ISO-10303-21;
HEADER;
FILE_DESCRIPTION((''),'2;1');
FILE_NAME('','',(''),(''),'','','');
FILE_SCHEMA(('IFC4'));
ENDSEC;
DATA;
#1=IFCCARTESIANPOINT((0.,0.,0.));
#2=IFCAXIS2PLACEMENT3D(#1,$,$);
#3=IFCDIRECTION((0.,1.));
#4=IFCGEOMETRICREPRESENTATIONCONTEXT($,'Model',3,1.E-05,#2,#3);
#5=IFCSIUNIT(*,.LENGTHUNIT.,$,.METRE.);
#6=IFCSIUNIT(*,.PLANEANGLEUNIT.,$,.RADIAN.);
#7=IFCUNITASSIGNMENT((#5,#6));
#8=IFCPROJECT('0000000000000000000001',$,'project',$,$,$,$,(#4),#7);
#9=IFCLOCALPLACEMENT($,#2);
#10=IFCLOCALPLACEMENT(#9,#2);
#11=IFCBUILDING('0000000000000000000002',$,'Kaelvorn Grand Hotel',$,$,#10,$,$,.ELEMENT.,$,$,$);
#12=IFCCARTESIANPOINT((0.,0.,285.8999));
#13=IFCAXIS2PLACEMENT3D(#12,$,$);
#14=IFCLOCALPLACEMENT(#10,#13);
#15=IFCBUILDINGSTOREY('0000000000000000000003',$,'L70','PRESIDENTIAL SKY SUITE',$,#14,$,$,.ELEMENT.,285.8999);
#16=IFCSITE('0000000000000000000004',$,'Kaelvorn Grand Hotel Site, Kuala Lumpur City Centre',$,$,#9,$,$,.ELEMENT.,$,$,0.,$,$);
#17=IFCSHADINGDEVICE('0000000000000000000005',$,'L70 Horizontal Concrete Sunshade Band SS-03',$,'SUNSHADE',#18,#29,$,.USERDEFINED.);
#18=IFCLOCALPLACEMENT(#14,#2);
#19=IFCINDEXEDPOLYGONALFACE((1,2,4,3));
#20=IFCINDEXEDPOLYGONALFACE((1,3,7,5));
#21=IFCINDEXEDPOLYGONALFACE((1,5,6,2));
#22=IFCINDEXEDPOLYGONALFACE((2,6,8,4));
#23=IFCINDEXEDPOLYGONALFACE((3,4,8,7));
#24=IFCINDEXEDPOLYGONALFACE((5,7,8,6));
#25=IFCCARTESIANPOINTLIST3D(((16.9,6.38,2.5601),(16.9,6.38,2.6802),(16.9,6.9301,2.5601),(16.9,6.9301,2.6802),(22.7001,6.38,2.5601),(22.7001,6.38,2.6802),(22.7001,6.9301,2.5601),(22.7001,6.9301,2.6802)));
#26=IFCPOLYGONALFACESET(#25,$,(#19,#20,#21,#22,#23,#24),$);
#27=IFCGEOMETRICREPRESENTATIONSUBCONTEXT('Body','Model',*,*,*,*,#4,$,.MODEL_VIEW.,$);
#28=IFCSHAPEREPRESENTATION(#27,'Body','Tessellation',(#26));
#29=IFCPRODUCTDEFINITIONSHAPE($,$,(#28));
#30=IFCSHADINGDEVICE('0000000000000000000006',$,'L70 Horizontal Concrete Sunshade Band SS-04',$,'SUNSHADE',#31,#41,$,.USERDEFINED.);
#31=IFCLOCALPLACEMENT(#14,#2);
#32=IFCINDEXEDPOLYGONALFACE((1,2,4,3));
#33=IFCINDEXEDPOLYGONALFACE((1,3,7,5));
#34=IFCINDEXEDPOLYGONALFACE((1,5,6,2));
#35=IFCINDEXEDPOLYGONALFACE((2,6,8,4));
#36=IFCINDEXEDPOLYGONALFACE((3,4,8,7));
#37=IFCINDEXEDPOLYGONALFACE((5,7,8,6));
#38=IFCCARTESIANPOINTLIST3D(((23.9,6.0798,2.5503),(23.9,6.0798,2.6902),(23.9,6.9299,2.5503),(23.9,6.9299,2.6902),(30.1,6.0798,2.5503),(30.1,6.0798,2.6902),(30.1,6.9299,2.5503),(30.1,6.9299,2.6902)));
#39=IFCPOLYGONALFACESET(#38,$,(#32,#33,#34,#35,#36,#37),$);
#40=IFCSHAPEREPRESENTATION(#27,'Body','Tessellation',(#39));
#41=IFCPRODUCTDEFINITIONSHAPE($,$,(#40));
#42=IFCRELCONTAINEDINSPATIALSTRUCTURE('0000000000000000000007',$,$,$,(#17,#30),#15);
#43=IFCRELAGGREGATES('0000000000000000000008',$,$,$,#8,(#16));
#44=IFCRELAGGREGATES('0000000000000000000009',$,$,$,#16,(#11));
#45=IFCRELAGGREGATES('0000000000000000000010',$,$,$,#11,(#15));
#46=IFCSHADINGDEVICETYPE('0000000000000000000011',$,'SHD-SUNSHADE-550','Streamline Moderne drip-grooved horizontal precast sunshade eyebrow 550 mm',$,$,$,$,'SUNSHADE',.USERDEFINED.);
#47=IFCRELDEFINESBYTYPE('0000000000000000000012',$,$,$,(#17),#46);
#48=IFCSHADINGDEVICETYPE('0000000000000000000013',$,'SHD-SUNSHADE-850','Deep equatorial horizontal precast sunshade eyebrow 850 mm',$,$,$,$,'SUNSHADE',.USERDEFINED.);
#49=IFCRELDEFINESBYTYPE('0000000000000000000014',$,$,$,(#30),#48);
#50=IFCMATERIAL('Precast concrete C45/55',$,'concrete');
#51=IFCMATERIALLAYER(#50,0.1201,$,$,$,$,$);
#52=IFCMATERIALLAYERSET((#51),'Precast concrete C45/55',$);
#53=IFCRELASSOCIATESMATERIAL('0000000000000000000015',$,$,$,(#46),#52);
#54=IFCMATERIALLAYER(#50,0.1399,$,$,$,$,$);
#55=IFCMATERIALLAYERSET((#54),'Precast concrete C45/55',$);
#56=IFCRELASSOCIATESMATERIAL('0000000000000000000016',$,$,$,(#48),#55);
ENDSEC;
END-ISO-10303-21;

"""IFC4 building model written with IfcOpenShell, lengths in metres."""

from ifc_helpers import new_model, si_unit, direction, frame, origin, origin_2d, place, context, subcontext, project, spatial, rectangle, extrude, material, layer, layer_set, type_object, element, save


model = new_model("IFC4")

# Units and contexts
model_context = context("Model", 3, precision=1e-05, world=origin(), true_north=direction((0.0, 1.0)))
body_context = subcontext(model_context, "Body", "Model", "MODEL_VIEW")
ifc_project = project(units=[si_unit("LENGTHUNIT", "METRE"), si_unit("PLANEANGLEUNIT", "RADIAN")], contexts=[model_context])

# Site, building, storey
site_placement = place(None, origin())
site = spatial("IfcSite", under=ifc_project, at=site_placement, Name="Kaelvorn Grand Hotel Site, Kuala Lumpur City Centre", CompositionType="ELEMENT", RefElevation=0.0)
building_placement = place(site_placement, origin())
building = spatial("IfcBuilding", under=site, at=building_placement, Name="Kaelvorn Grand Hotel", CompositionType="ELEMENT")
storey_placement = place(building_placement, frame((0.0, 0.0, 285.8999)))
storey = spatial("IfcBuildingStorey", under=building, at=storey_placement, Name="L70", Description="PRESIDENTIAL SKY SUITE", CompositionType="ELEMENT", Elevation=285.8999)

# Shading devices
ifc_material_1 = material(Name="Precast concrete C45/55", Category="concrete")
ifc_layer_1 = layer(ifc_material_1, 0.1201)
ifc_layer_set_1 = layer_set([ifc_layer_1], Name="Precast concrete C45/55")
shading_device_type_1 = type_object("IfcShadingDeviceType", Name="SHD-SUNSHADE-550", Description="Streamline Moderne drip-grooved horizontal precast sunshade eyebrow 550 mm", ElementType="SUNSHADE", PredefinedType="USERDEFINED", material=ifc_layer_set_1)
shading_device_1_placement = place(storey_placement, frame((19.8, 6.655, 2.5601), z_axis=(0.0, 0.0, 1.0), x_axis=(1.0, 0.0, 0.0)))
element("IfcShadingDevice", 1, at=shading_device_1_placement, inside=storey, type_object=shading_device_type_1, Name="L70 Horizontal Concrete Sunshade Band SS-03", ObjectType="SUNSHADE", PredefinedType="USERDEFINED", context=body_context, shape_type="SweptSolid", body=[
    extrude(rectangle(XDim=5.8, YDim=0.55, at=origin_2d()), origin(), (0.0, 0.0, 1.0), 0.1201),
])
ifc_layer_2 = layer(ifc_material_1, 0.1399)
ifc_layer_set_2 = layer_set([ifc_layer_2], Name="Precast concrete C45/55")
shading_device_type_2 = type_object("IfcShadingDeviceType", Name="SHD-SUNSHADE-850", Description="Deep equatorial horizontal precast sunshade eyebrow 850 mm", ElementType="SUNSHADE", PredefinedType="USERDEFINED", material=ifc_layer_set_2)
shading_device_2_placement = place(storey_placement, frame((27.0, 6.5049, 2.5503), z_axis=(0.0, 0.0, 1.0), x_axis=(1.0, 0.0, 0.0)))
element("IfcShadingDevice", 2, at=shading_device_2_placement, inside=storey, type_object=shading_device_type_2, Name="L70 Horizontal Concrete Sunshade Band SS-04", ObjectType="SUNSHADE", PredefinedType="USERDEFINED", context=body_context, shape_type="SweptSolid", body=[
    extrude(rectangle(XDim=6.2, YDim=0.8501, at=origin_2d()), origin(), (0.0, 0.0, 1.0), 0.1399),
])

save(model, "model.ifc")
